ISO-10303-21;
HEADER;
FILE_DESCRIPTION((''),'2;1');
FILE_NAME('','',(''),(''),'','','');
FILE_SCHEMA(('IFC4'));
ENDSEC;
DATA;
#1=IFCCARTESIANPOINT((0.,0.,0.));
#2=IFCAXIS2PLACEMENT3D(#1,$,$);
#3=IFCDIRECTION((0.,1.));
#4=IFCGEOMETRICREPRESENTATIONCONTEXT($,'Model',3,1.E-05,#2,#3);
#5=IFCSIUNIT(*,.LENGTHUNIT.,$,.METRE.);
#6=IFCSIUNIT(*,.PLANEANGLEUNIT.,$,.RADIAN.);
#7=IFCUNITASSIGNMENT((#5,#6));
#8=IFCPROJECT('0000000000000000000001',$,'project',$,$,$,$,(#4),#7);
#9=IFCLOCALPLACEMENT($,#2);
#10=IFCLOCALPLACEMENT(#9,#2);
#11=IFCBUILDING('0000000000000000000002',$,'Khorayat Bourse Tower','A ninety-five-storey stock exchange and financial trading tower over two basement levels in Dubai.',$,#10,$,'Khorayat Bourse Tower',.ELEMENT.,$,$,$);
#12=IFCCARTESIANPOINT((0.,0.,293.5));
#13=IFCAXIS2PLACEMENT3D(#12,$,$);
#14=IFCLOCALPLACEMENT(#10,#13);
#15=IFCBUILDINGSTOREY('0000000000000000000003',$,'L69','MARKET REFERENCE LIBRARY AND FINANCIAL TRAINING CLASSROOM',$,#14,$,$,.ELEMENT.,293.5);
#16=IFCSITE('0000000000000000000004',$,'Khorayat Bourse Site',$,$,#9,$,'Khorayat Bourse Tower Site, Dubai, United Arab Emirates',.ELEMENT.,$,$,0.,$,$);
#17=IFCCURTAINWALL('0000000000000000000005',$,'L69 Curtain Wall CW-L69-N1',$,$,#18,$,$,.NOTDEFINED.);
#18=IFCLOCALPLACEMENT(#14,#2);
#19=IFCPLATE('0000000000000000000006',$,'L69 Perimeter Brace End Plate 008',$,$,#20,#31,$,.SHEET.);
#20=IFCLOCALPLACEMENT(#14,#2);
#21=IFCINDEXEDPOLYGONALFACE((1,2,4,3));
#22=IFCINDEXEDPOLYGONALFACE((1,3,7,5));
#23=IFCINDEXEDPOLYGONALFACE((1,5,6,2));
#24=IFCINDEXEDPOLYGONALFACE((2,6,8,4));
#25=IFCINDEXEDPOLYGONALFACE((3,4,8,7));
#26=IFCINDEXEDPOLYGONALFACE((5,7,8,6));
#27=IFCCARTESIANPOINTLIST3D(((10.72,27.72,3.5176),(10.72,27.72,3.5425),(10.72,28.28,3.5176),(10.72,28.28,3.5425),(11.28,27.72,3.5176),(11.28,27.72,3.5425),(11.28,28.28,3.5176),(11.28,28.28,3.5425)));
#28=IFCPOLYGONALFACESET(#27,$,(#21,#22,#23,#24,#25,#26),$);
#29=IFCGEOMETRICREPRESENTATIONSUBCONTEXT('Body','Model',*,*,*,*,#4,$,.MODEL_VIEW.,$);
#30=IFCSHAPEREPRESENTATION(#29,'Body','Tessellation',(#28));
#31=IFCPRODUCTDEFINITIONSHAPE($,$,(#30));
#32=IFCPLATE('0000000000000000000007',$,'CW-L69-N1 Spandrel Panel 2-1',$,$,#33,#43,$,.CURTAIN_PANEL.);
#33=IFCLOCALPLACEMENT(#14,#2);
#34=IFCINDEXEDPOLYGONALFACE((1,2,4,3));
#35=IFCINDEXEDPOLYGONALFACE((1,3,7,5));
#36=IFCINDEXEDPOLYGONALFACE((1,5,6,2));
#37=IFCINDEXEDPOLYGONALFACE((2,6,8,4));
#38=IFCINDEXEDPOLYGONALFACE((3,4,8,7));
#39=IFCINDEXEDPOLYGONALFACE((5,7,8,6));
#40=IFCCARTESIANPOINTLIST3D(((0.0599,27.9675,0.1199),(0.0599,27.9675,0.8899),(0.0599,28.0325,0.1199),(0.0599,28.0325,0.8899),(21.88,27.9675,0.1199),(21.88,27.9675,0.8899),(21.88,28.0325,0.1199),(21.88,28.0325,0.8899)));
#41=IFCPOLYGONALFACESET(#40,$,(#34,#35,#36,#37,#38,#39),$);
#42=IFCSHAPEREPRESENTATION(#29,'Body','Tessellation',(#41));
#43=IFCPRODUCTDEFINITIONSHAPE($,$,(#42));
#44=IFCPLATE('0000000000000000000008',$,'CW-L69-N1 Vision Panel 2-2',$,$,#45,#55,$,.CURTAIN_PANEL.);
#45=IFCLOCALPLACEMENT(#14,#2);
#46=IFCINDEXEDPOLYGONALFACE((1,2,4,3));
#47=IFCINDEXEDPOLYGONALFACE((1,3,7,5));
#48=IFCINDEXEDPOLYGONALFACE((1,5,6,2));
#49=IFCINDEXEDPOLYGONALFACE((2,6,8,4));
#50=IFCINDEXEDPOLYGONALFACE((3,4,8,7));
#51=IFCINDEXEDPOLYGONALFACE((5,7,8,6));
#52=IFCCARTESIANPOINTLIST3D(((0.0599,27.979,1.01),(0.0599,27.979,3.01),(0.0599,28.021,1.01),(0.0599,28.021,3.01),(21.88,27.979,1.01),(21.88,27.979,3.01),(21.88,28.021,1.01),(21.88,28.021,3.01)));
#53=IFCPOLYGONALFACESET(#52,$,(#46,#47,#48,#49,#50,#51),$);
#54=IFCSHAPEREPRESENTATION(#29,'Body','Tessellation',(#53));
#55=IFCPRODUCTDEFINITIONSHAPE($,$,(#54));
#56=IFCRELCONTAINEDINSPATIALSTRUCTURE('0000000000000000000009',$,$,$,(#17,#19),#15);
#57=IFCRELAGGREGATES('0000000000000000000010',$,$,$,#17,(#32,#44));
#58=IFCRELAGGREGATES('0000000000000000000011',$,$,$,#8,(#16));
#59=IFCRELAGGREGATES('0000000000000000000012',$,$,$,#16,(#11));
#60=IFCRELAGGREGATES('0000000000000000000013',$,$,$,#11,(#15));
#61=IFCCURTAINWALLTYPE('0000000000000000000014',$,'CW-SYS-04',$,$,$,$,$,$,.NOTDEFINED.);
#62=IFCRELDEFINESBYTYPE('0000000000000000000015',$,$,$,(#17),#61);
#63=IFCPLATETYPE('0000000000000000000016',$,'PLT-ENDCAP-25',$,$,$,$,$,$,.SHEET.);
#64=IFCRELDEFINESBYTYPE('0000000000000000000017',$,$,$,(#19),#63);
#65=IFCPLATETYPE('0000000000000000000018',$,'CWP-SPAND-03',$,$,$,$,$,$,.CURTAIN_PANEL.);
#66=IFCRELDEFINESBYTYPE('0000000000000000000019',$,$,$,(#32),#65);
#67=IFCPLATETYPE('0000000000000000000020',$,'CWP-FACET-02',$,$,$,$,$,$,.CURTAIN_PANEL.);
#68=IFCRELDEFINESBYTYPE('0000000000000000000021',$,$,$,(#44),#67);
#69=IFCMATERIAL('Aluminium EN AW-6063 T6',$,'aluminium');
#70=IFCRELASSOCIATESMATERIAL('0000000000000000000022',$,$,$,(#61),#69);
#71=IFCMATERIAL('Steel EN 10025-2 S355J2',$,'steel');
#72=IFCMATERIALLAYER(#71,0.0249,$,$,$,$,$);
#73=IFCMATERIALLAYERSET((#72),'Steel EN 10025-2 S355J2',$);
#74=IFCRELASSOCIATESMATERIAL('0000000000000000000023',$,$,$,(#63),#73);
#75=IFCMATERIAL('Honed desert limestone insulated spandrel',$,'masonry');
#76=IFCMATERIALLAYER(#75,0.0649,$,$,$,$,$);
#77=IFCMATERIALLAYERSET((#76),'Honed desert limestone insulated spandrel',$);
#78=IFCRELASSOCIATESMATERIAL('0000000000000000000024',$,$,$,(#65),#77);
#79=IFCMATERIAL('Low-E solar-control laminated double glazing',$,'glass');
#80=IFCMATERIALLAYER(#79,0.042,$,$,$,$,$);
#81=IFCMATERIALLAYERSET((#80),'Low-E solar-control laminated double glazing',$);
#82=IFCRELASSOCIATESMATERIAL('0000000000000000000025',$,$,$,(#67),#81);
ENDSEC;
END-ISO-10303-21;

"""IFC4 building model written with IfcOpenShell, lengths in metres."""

from ifc_helpers import new_model, si_unit, direction, frame, origin, origin_2d, place, context, subcontext, project, spatial, rectangle, extrude, source, transform, mapped, material, layer, layer_set, type_object, element, aggregate, save


model = new_model("IFC4")

# Units and contexts
model_context = context("Model", 3, precision=1e-05, world=origin(), true_north=direction((0.0, 1.0)))
body_context = subcontext(model_context, "Body", "Model", "MODEL_VIEW")
ifc_project = project(units=[si_unit("LENGTHUNIT", "METRE"), si_unit("PLANEANGLEUNIT", "RADIAN")], contexts=[model_context])

# Site, building, storey
site_placement = place(None, origin())
site = spatial("IfcSite", under=ifc_project, at=site_placement, Name="Khorayat Bourse Site", LongName="Khorayat Bourse Tower Site, Dubai, United Arab Emirates", CompositionType="ELEMENT", RefElevation=0.0)
building_placement = place(site_placement, origin())
building = spatial("IfcBuilding", under=site, at=building_placement, Name="Khorayat Bourse Tower", Description="A ninety-five-storey stock exchange and financial trading tower over two basement levels in Dubai.", LongName="Khorayat Bourse Tower", CompositionType="ELEMENT")
storey_placement = place(building_placement, frame((0.0, 0.0, 293.5)))
storey = spatial("IfcBuildingStorey", under=building, at=storey_placement, Name="L69", Description="MARKET REFERENCE LIBRARY AND FINANCIAL TRAINING CLASSROOM", CompositionType="ELEMENT", Elevation=293.5)

# Curtain wall
ifc_material_1 = material(Name="Aluminium EN AW-6063 T6", Category="aluminium")
curtain_wall_type = type_object("IfcCurtainWallType", Name="CW-SYS-04", PredefinedType="NOTDEFINED", material=ifc_material_1)
curtain_wall_placement = place(storey_placement, origin())
curtain_wall = element("IfcCurtainWall", 1, at=curtain_wall_placement, inside=storey, type_object=curtain_wall_type, Name="L69 Curtain Wall CW-L69-N1", PredefinedType="NOTDEFINED")

# Plate
ifc_material_2 = material(Name="Steel EN 10025-2 S355J2", Category="steel")
ifc_layer_1 = layer(ifc_material_2, 0.0249)
ifc_layer_set_1 = layer_set([ifc_layer_1], Name="Steel EN 10025-2 S355J2")
plate_type_1 = type_object("IfcPlateType", Name="PLT-ENDCAP-25", PredefinedType="SHEET", material=ifc_layer_set_1)
shared_shape_1 = source(origin(), body_context, "Body", "SweptSolid", [
    extrude(rectangle(XDim=0.5601, YDim=0.5601, at=origin_2d()), origin(), (0.0, 0.0, 1.0), 0.0249),
])
for number, where, z_axis, x_axis, name in (
    (2, (11.0, 28.0, 3.5176), (0.0, 0.0, 1.0), (1.0, 0.0, 0.0), "L69 Perimeter Brace End Plate 008"),
):
    element("IfcPlate", number, at=place(storey_placement, frame(where, z_axis=z_axis, x_axis=x_axis)), inside=storey, type_object=plate_type_1, Name=name, PredefinedType="SHEET", context=body_context, shape_type="MappedRepresentation", body=[
        mapped(shared_shape_1, transform((0.0, 0.0, 0.0), scale=1.0)),
    ])

# Plates
ifc_material_3 = material(Name="Honed desert limestone insulated spandrel", Category="masonry")
ifc_layer_2 = layer(ifc_material_3, 0.0649)
ifc_layer_set_2 = layer_set([ifc_layer_2], Name="Honed desert limestone insulated spandrel")
plate_type_2 = type_object("IfcPlateType", Name="CWP-SPAND-03", PredefinedType="CURTAIN_PANEL", material=ifc_layer_set_2)
shared_shape_2 = source(origin(), body_context, "Body", "SweptSolid", [
    extrude(rectangle(XDim=21.8201, YDim=0.0649, at=origin_2d()), origin(), (0.0, 0.0, 1.0), 0.77),
])
plate_1_placement = place(storey_placement, frame((10.97, 28.0, 0.1199), z_axis=(0.0, 0.0, 1.0), x_axis=(1.0, 0.0, 0.0)))
plate_1 = element("IfcPlate", 3, at=plate_1_placement, type_object=plate_type_2, Name="CW-L69-N1 Spandrel Panel 2-1", PredefinedType="CURTAIN_PANEL", context=body_context, shape_type="MappedRepresentation", body=[
    mapped(shared_shape_2, transform((0.0, 0.0, 0.0), scale=1.0)),
])
ifc_material_4 = material(Name="Low-E solar-control laminated double glazing", Category="glass")
ifc_layer_3 = layer(ifc_material_4, 0.042)
ifc_layer_set_3 = layer_set([ifc_layer_3], Name="Low-E solar-control laminated double glazing")
plate_type_3 = type_object("IfcPlateType", Name="CWP-FACET-02", PredefinedType="CURTAIN_PANEL", material=ifc_layer_set_3)
shared_shape_3 = source(origin(), body_context, "Body", "SweptSolid", [
    extrude(rectangle(XDim=21.8201, YDim=0.042, at=origin_2d()), origin(), (0.0, 0.0, 1.0), 2.0),
])
plate_2_placement = place(storey_placement, frame((10.97, 28.0, 1.01), z_axis=(0.0, 0.0, 1.0), x_axis=(1.0, 0.0, 0.0)))
plate_2 = element("IfcPlate", 4, at=plate_2_placement, type_object=plate_type_3, Name="CW-L69-N1 Vision Panel 2-2", PredefinedType="CURTAIN_PANEL", context=body_context, shape_type="MappedRepresentation", body=[
    mapped(shared_shape_3, transform((0.0, 0.0, 0.0), scale=1.0)),
])
aggregate(curtain_wall, [plate_1, plate_2])

save(model, "model.ifc")
